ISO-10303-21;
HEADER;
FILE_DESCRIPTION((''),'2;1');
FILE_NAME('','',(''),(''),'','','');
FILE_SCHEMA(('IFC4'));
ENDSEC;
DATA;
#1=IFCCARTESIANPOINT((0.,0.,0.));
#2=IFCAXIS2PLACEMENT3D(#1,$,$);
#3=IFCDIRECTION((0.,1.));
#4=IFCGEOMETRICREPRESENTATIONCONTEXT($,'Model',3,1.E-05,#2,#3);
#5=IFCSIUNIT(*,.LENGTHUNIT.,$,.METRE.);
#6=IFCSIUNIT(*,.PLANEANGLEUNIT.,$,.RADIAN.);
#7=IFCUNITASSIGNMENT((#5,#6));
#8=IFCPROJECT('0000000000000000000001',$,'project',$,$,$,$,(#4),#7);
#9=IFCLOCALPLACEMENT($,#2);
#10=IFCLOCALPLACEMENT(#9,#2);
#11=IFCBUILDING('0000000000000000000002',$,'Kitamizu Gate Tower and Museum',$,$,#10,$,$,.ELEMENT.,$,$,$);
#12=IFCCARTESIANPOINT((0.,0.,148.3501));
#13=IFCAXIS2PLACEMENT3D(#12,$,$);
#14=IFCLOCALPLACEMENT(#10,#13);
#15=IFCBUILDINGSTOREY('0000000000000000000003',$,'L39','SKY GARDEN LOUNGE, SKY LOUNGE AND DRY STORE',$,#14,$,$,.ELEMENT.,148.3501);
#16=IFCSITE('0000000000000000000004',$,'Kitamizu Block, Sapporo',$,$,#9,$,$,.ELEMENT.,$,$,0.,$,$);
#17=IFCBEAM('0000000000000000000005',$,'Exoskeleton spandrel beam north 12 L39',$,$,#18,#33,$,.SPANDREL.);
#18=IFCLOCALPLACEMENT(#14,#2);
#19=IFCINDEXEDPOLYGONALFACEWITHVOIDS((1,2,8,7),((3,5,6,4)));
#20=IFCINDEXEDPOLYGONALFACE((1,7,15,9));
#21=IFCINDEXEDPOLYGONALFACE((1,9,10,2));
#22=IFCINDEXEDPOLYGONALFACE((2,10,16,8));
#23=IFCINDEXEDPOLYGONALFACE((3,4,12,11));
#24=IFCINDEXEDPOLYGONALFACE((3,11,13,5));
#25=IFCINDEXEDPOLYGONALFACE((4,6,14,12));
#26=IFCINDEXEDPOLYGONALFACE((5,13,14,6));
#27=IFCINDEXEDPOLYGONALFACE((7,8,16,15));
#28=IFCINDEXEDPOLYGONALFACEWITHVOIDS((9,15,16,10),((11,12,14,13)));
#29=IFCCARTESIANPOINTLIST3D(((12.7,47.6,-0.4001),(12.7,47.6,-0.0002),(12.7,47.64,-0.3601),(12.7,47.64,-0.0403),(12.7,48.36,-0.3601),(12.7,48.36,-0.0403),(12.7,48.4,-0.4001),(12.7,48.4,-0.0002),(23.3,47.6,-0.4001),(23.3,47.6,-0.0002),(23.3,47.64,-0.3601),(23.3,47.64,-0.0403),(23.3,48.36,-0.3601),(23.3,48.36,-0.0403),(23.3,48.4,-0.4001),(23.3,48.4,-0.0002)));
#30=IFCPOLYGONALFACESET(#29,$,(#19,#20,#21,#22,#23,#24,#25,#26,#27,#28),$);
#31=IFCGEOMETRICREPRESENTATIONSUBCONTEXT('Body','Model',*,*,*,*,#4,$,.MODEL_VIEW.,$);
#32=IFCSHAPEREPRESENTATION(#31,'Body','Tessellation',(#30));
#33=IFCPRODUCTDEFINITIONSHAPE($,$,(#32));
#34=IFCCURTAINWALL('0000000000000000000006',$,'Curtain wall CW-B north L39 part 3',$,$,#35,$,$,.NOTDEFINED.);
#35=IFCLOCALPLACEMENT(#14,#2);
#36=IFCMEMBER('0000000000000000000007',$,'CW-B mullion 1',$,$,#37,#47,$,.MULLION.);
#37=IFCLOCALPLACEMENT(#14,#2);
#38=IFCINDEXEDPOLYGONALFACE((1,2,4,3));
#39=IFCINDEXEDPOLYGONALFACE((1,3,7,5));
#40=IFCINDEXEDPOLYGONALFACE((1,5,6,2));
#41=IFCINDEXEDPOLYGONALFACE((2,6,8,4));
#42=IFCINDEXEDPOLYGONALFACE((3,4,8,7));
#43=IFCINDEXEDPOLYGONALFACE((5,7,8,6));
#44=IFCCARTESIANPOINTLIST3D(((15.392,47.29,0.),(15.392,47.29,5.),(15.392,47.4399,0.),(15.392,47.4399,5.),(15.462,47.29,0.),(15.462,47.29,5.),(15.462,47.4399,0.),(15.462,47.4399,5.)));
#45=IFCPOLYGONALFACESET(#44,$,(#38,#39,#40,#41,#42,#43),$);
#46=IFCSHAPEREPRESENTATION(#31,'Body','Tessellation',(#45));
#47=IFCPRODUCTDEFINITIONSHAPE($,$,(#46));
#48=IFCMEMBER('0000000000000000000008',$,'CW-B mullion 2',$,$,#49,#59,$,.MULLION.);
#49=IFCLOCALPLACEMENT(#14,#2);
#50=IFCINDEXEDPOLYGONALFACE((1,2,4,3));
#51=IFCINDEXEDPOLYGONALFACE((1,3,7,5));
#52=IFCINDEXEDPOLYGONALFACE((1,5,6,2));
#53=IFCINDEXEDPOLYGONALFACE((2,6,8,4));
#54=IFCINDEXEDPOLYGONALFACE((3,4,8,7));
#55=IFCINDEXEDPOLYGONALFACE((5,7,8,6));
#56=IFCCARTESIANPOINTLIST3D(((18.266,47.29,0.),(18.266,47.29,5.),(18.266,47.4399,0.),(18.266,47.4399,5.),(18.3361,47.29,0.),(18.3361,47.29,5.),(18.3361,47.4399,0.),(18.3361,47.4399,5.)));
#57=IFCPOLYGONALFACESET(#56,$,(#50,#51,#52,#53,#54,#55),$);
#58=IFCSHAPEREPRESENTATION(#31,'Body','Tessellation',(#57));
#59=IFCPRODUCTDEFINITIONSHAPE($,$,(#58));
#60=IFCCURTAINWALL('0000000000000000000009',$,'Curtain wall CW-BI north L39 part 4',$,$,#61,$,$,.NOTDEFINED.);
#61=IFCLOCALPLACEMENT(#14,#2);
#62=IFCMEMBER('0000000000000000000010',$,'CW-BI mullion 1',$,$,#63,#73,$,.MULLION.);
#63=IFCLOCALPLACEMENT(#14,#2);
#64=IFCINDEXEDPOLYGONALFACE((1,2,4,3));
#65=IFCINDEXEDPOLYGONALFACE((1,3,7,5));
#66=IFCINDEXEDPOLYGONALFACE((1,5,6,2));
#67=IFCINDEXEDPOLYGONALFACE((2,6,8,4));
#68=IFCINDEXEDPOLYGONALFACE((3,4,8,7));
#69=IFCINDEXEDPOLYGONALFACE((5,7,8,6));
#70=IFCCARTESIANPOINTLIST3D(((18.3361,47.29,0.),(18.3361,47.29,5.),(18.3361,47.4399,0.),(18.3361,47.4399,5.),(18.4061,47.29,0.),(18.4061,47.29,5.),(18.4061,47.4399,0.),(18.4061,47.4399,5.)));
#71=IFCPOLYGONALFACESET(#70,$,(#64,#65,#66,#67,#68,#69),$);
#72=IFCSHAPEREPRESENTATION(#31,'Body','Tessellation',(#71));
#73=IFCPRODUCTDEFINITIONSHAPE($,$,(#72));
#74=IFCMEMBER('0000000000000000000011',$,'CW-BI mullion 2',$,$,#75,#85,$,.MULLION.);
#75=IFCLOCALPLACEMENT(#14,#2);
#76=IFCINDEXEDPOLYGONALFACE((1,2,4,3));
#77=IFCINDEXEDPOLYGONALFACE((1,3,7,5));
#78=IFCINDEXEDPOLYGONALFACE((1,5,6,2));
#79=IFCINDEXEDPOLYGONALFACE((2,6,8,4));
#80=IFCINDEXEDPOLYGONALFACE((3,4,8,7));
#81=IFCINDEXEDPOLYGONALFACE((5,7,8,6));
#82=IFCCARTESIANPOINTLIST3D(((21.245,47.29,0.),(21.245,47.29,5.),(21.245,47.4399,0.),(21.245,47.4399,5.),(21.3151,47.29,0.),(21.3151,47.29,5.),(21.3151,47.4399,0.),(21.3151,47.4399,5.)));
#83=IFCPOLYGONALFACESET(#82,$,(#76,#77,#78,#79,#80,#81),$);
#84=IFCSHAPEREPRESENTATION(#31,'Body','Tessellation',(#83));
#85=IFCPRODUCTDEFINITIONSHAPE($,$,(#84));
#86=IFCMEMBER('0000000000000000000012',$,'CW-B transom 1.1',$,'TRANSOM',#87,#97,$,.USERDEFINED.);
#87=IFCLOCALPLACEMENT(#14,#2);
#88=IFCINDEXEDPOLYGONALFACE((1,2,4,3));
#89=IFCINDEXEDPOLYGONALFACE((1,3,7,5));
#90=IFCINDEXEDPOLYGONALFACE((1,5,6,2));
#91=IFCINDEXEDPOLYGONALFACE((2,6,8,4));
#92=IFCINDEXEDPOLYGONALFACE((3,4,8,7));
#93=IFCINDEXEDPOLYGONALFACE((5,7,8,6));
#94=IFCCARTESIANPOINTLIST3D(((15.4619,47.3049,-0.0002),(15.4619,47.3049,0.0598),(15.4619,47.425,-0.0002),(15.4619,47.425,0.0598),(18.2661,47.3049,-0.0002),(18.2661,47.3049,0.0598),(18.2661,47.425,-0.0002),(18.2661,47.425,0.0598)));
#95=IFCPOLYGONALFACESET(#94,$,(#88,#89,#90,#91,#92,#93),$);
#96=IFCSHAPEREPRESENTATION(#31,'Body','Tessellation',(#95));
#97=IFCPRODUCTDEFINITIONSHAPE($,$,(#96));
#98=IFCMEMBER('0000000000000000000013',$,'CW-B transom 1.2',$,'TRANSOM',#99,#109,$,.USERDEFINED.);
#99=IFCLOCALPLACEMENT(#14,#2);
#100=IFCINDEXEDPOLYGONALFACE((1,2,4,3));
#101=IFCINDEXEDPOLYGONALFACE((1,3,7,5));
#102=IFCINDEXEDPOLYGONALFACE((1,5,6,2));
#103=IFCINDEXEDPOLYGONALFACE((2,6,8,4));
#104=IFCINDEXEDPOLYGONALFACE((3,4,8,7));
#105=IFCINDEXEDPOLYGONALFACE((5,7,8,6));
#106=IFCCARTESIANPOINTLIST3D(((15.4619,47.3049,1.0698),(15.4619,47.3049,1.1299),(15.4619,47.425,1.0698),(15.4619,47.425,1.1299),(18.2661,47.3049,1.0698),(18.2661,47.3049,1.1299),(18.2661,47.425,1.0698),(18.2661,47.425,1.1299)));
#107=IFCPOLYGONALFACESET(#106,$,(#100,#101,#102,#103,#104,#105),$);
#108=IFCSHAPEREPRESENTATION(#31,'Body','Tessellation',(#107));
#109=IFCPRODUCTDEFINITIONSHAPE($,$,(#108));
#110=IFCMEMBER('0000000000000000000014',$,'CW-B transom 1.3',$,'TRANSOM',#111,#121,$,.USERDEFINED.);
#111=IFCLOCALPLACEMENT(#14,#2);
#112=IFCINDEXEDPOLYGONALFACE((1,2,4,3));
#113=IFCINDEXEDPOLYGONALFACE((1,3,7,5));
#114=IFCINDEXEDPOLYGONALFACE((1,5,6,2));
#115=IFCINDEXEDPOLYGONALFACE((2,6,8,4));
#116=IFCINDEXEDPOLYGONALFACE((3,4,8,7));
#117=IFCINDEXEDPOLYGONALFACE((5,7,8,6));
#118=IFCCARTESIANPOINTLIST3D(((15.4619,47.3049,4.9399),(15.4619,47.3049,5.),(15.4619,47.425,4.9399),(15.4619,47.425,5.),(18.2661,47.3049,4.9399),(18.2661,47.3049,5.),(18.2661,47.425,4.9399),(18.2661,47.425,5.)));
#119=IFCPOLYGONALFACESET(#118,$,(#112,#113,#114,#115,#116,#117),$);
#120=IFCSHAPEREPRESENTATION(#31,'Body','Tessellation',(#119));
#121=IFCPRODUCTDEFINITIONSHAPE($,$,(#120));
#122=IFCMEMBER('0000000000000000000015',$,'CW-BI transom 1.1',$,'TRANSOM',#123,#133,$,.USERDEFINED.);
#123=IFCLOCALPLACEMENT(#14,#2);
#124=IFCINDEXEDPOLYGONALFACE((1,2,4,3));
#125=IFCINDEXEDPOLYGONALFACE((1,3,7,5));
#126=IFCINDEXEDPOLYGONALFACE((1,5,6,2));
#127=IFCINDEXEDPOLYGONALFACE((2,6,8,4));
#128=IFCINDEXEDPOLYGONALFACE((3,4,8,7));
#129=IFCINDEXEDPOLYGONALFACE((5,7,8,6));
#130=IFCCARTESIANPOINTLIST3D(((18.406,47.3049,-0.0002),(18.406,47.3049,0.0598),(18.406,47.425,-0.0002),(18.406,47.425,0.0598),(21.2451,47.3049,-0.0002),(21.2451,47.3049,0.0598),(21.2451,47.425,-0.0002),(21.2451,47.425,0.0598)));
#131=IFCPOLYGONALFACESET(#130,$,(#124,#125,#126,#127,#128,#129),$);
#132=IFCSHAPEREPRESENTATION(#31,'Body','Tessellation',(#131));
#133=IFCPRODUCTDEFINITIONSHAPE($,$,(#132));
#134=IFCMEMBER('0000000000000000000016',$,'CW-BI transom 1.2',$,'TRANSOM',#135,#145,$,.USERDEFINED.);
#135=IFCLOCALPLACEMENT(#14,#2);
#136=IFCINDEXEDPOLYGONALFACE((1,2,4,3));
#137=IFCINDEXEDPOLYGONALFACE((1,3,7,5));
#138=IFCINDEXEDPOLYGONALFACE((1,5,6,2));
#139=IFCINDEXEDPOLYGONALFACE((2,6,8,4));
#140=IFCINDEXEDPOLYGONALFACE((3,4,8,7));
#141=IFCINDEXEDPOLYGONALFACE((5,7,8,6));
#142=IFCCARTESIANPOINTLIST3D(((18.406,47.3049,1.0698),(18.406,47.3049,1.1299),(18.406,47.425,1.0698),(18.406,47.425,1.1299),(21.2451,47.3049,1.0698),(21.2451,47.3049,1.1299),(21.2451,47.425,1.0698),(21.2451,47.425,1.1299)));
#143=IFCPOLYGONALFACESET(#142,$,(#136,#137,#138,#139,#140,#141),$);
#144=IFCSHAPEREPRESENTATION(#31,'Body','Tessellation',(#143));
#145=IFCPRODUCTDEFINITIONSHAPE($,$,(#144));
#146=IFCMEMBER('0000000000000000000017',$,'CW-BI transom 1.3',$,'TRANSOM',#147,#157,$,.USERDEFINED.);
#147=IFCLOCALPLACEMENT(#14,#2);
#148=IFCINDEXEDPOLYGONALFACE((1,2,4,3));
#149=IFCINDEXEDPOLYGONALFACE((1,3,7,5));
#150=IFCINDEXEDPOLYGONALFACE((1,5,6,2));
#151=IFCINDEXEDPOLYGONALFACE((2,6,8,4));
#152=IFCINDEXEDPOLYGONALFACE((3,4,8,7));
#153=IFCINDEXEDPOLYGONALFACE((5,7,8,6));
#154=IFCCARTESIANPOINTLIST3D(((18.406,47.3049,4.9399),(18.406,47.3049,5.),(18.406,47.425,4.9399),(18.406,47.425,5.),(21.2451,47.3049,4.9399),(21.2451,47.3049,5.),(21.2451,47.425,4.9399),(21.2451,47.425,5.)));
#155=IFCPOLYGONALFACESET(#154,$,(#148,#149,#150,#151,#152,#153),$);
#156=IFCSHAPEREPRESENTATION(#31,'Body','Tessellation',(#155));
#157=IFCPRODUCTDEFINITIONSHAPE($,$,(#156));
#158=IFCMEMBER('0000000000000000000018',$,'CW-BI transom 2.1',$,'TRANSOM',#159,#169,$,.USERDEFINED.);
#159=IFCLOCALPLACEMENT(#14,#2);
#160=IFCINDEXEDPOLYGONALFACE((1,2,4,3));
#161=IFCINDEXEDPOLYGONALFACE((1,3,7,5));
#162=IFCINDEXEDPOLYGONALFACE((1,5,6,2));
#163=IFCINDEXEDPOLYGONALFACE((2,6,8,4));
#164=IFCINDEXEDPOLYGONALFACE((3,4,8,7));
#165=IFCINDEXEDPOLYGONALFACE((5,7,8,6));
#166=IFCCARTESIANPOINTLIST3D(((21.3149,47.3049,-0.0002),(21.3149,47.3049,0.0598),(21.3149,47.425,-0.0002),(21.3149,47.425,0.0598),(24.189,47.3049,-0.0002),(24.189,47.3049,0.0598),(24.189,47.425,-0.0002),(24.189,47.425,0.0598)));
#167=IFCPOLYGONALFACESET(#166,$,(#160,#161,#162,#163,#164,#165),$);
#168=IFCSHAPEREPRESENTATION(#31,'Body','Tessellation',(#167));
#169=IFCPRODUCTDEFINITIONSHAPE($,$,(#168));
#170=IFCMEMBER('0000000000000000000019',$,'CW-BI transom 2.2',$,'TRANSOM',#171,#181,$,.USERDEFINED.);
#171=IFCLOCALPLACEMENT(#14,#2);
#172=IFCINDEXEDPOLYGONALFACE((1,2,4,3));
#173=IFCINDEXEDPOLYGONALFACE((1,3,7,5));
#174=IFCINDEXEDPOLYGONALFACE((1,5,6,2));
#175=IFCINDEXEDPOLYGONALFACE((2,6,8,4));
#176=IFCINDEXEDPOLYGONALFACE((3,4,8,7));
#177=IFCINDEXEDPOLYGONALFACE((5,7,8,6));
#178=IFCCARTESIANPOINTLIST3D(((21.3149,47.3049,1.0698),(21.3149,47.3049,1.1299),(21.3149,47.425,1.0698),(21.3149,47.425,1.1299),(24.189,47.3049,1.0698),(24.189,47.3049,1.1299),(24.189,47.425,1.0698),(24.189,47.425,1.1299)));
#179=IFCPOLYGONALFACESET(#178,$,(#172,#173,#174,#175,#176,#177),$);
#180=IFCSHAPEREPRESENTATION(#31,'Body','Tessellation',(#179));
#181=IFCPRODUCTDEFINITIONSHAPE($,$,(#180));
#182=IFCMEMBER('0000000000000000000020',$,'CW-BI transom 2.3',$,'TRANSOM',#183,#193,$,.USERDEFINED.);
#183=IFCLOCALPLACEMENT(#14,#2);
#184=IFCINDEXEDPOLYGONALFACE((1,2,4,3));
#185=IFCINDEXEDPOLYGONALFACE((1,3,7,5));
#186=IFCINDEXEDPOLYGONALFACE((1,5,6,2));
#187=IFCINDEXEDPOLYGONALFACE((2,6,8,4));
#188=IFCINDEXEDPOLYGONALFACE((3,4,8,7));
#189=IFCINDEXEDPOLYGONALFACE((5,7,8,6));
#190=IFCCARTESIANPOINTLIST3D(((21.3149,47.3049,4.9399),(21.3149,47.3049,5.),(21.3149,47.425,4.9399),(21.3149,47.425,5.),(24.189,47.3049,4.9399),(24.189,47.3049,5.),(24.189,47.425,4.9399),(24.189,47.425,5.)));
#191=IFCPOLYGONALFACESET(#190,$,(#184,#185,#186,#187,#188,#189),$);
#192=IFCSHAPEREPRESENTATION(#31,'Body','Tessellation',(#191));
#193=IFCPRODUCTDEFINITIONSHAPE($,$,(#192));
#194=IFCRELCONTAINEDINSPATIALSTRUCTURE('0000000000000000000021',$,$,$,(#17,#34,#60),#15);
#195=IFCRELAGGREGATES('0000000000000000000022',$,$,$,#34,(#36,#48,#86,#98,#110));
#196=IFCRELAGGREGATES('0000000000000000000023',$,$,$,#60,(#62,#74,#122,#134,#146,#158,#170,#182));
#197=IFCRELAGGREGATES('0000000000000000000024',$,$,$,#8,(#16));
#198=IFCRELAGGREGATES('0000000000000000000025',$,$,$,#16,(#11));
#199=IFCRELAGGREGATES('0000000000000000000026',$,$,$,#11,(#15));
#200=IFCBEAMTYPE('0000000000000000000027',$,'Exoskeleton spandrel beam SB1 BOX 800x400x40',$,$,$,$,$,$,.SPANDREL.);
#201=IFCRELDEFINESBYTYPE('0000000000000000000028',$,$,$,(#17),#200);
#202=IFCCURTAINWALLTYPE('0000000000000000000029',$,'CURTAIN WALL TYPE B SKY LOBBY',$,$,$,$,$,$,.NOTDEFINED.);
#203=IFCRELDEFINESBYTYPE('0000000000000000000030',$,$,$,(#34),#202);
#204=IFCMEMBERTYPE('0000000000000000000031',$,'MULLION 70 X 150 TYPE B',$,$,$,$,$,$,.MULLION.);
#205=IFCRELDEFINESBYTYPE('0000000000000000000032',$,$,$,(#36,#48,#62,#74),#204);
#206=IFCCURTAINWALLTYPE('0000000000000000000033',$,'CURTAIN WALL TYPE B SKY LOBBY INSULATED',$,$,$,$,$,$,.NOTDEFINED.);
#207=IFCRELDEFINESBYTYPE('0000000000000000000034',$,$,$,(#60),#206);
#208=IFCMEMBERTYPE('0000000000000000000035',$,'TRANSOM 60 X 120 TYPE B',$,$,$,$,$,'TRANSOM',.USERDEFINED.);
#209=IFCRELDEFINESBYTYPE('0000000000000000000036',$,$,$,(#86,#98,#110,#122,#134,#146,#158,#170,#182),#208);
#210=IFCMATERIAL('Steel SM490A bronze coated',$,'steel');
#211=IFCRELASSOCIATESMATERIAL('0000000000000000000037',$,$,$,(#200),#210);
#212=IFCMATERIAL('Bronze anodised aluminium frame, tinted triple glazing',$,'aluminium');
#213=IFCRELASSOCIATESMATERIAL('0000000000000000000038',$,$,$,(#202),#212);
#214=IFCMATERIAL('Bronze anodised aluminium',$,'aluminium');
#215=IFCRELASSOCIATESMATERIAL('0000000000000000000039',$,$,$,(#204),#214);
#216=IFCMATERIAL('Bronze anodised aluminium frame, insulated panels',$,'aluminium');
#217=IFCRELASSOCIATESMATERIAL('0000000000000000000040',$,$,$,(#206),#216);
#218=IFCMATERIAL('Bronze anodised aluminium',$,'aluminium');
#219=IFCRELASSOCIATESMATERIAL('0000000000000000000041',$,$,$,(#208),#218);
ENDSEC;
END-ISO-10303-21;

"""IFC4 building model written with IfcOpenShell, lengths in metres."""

from ifc_helpers import new_model, si_unit, direction, frame, origin, origin_2d, place, context, subcontext, project, spatial, rectangle, hollow_rectangle, extrude, material, material_profile, profile_set, type_object, element, aggregate, save


model = new_model("IFC4")

# Units and contexts
model_context = context("Model", 3, precision=1e-05, world=origin(), true_north=direction((0.0, 1.0)))
body_context = subcontext(model_context, "Body", "Model", "MODEL_VIEW")
ifc_project = project(units=[si_unit("LENGTHUNIT", "METRE"), si_unit("PLANEANGLEUNIT", "RADIAN")], contexts=[model_context])

# Site, building, storey
site_placement = place(None, origin())
site = spatial("IfcSite", under=ifc_project, at=site_placement, Name="Kitamizu Block, Sapporo", CompositionType="ELEMENT", RefElevation=0.0)
building_placement = place(site_placement, origin())
building = spatial("IfcBuilding", under=site, at=building_placement, Name="Kitamizu Gate Tower and Museum", CompositionType="ELEMENT")
storey_placement = place(building_placement, frame((0.0, 0.0, 148.3501)))
storey = spatial("IfcBuildingStorey", under=building, at=storey_placement, Name="L39", Description="SKY GARDEN LOUNGE, SKY LOUNGE AND DRY STORE", CompositionType="ELEMENT", Elevation=148.3501)

# Beam
ifc_material_1 = material(Name="Steel SM490A bronze coated", Category="steel")
ifc_material_profile_1 = material_profile(ifc_material_1, hollow_rectangle(XDim=0.8, YDim=0.3999, WallThickness=0.04, at=origin_2d()), Name="BOX 800x400x40")
ifc_profile_set_1 = profile_set([ifc_material_profile_1], Name="Steel SM490A bronze coated")
beam_type = type_object("IfcBeamType", Name="Exoskeleton spandrel beam SB1 BOX 800x400x40", PredefinedType="SPANDREL", material=ifc_profile_set_1)
beam_placement = place(storey_placement, frame((12.7, 48.0, -0.2002), z_axis=(1.0, 0.0, 0.0), x_axis=(0.0, 1.0, 0.0)))
element("IfcBeam", 1, at=beam_placement, inside=storey, type_object=beam_type, Name="Exoskeleton spandrel beam north 12 L39", PredefinedType="SPANDREL", context=body_context, shape_type="SweptSolid", body=[
    extrude(hollow_rectangle(XDim=0.8, YDim=0.3999, WallThickness=0.04, at=origin_2d()), origin(), (0.0, 0.0, 1.0), 10.6001),
])

# Curtain walls, members
ifc_material_2 = material(Name="Bronze anodised aluminium frame, tinted triple glazing", Category="aluminium")
curtain_wall_type_1 = type_object("IfcCurtainWallType", Name="CURTAIN WALL TYPE B SKY LOBBY", PredefinedType="NOTDEFINED", material=ifc_material_2)
curtain_wall_1_placement = place(storey_placement, origin())
curtain_wall_1 = element("IfcCurtainWall", 2, at=curtain_wall_1_placement, inside=storey, type_object=curtain_wall_type_1, Name="Curtain wall CW-B north L39 part 3", PredefinedType="NOTDEFINED")
ifc_material_3 = material(Name="Bronze anodised aluminium", Category="aluminium")
ifc_material_profile_2 = material_profile(ifc_material_3, rectangle(XDim=0.0701, YDim=0.1499, at=origin_2d()), Name="AL 70X150")
ifc_profile_set_2 = profile_set([ifc_material_profile_2], Name="Bronze anodised aluminium")
member_type_1 = type_object("IfcMemberType", Name="MULLION 70 X 150 TYPE B", PredefinedType="MULLION", material=ifc_profile_set_2)
member_1_placement = place(storey_placement, frame((15.427, 47.365, 0.0), z_axis=(0.0, 0.0, 1.0), x_axis=(1.0, 0.0, 0.0)))
member_1 = element("IfcMember", 3, at=member_1_placement, type_object=member_type_1, Name="CW-B mullion 1", PredefinedType="MULLION", context=body_context, shape_type="SweptSolid", body=[
    extrude(rectangle(XDim=0.0701, YDim=0.1499, at=origin_2d()), origin(), (0.0, 0.0, 1.0), 5.0),
])
member_2_placement = place(storey_placement, frame((18.301, 47.365, 0.0), z_axis=(0.0, 0.0, 1.0), x_axis=(1.0, 0.0, 0.0)))
member_2 = element("IfcMember", 4, at=member_2_placement, type_object=member_type_1, Name="CW-B mullion 2", PredefinedType="MULLION", context=body_context, shape_type="SweptSolid", body=[
    extrude(rectangle(XDim=0.0701, YDim=0.1499, at=origin_2d()), origin(), (0.0, 0.0, 1.0), 5.0),
])
ifc_material_4 = material(Name="Bronze anodised aluminium frame, insulated panels", Category="aluminium")
curtain_wall_type_2 = type_object("IfcCurtainWallType", Name="CURTAIN WALL TYPE B SKY LOBBY INSULATED", PredefinedType="NOTDEFINED", material=ifc_material_4)
curtain_wall_2_placement = place(storey_placement, origin())
curtain_wall_2 = element("IfcCurtainWall", 5, at=curtain_wall_2_placement, inside=storey, type_object=curtain_wall_type_2, Name="Curtain wall CW-BI north L39 part 4", PredefinedType="NOTDEFINED")
member_3_placement = place(storey_placement, frame((18.3711, 47.365, 0.0), z_axis=(0.0, 0.0, 1.0), x_axis=(1.0, 0.0, 0.0)))
member_3 = element("IfcMember", 6, at=member_3_placement, type_object=member_type_1, Name="CW-BI mullion 1", PredefinedType="MULLION", context=body_context, shape_type="SweptSolid", body=[
    extrude(rectangle(XDim=0.0701, YDim=0.1499, at=origin_2d()), origin(), (0.0, 0.0, 1.0), 5.0),
])
member_4_placement = place(storey_placement, frame((21.28, 47.365, 0.0), z_axis=(0.0, 0.0, 1.0), x_axis=(1.0, 0.0, 0.0)))
member_4 = element("IfcMember", 7, at=member_4_placement, type_object=member_type_1, Name="CW-BI mullion 2", PredefinedType="MULLION", context=body_context, shape_type="SweptSolid", body=[
    extrude(rectangle(XDim=0.0701, YDim=0.1499, at=origin_2d()), origin(), (0.0, 0.0, 1.0), 5.0),
])

# Members
ifc_material_5 = material(Name="Bronze anodised aluminium", Category="aluminium")
ifc_material_profile_3 = material_profile(ifc_material_5, rectangle(XDim=0.1201, YDim=0.0601, at=origin_2d()), Name="AL 60X120")
ifc_profile_set_3 = profile_set([ifc_material_profile_3], Name="Bronze anodised aluminium")
member_type_2 = type_object("IfcMemberType", Name="TRANSOM 60 X 120 TYPE B", ElementType="TRANSOM", PredefinedType="USERDEFINED", material=ifc_profile_set_3)
member_5_placement = place(storey_placement, frame((15.4619, 47.365, 0.0298), z_axis=(1.0, 0.0, 0.0), x_axis=(0.0, 1.0, 0.0)))
member_5 = element("IfcMember", 8, at=member_5_placement, type_object=member_type_2, Name="CW-B transom 1.1", ObjectType="TRANSOM", PredefinedType="USERDEFINED", context=body_context, shape_type="SweptSolid", body=[
    extrude(rectangle(XDim=0.1201, YDim=0.0601, at=origin_2d()), origin(), (0.0, 0.0, 1.0), 2.8042),
])
member_6_placement = place(storey_placement, frame((15.4619, 47.365, 1.0999), z_axis=(1.0, 0.0, 0.0), x_axis=(0.0, 1.0, 0.0)))
member_6 = element("IfcMember", 9, at=member_6_placement, type_object=member_type_2, Name="CW-B transom 1.2", ObjectType="TRANSOM", PredefinedType="USERDEFINED", context=body_context, shape_type="SweptSolid", body=[
    extrude(rectangle(XDim=0.1201, YDim=0.0601, at=origin_2d()), origin(), (0.0, 0.0, 1.0), 2.8042),
])
member_7_placement = place(storey_placement, frame((15.4619, 47.365, 4.97), z_axis=(1.0, 0.0, 0.0), x_axis=(0.0, 1.0, 0.0)))
member_7 = element("IfcMember", 10, at=member_7_placement, type_object=member_type_2, Name="CW-B transom 1.3", ObjectType="TRANSOM", PredefinedType="USERDEFINED", context=body_context, shape_type="SweptSolid", body=[
    extrude(rectangle(XDim=0.1201, YDim=0.0601, at=origin_2d()), origin(), (0.0, 0.0, 1.0), 2.8042),
])
member_8_placement = place(storey_placement, frame((18.406, 47.365, 0.0298), z_axis=(1.0, 0.0, 0.0), x_axis=(0.0, 1.0, 0.0)))
member_8 = element("IfcMember", 11, at=member_8_placement, type_object=member_type_2, Name="CW-BI transom 1.1", ObjectType="TRANSOM", PredefinedType="USERDEFINED", context=body_context, shape_type="SweptSolid", body=[
    extrude(rectangle(XDim=0.1201, YDim=0.0601, at=origin_2d()), origin(), (0.0, 0.0, 1.0), 2.8391),
])
member_9_placement = place(storey_placement, frame((18.406, 47.365, 1.0999), z_axis=(1.0, 0.0, 0.0), x_axis=(0.0, 1.0, 0.0)))
member_9 = element("IfcMember", 12, at=member_9_placement, type_object=member_type_2, Name="CW-BI transom 1.2", ObjectType="TRANSOM", PredefinedType="USERDEFINED", context=body_context, shape_type="SweptSolid", body=[
    extrude(rectangle(XDim=0.1201, YDim=0.0601, at=origin_2d()), origin(), (0.0, 0.0, 1.0), 2.8391),
])
member_10_placement = place(storey_placement, frame((18.406, 47.365, 4.97), z_axis=(1.0, 0.0, 0.0), x_axis=(0.0, 1.0, 0.0)))
member_10 = element("IfcMember", 13, at=member_10_placement, type_object=member_type_2, Name="CW-BI transom 1.3", ObjectType="TRANSOM", PredefinedType="USERDEFINED", context=body_context, shape_type="SweptSolid", body=[
    extrude(rectangle(XDim=0.1201, YDim=0.0601, at=origin_2d()), origin(), (0.0, 0.0, 1.0), 2.8391),
])
member_11_placement = place(storey_placement, frame((21.3149, 47.365, 0.0298), z_axis=(1.0, 0.0, 0.0), x_axis=(0.0, 1.0, 0.0)))
member_11 = element("IfcMember", 14, at=member_11_placement, type_object=member_type_2, Name="CW-BI transom 2.1", ObjectType="TRANSOM", PredefinedType="USERDEFINED", context=body_context, shape_type="SweptSolid", body=[
    extrude(rectangle(XDim=0.1201, YDim=0.0601, at=origin_2d()), origin(), (0.0, 0.0, 1.0), 2.874),
])
member_12_placement = place(storey_placement, frame((21.3149, 47.365, 1.0999), z_axis=(1.0, 0.0, 0.0), x_axis=(0.0, 1.0, 0.0)))
member_12 = element("IfcMember", 15, at=member_12_placement, type_object=member_type_2, Name="CW-BI transom 2.2", ObjectType="TRANSOM", PredefinedType="USERDEFINED", context=body_context, shape_type="SweptSolid", body=[
    extrude(rectangle(XDim=0.1201, YDim=0.0601, at=origin_2d()), origin(), (0.0, 0.0, 1.0), 2.874),
])
member_13_placement = place(storey_placement, frame((21.3149, 47.365, 4.97), z_axis=(1.0, 0.0, 0.0), x_axis=(0.0, 1.0, 0.0)))
member_13 = element("IfcMember", 16, at=member_13_placement, type_object=member_type_2, Name="CW-BI transom 2.3", ObjectType="TRANSOM", PredefinedType="USERDEFINED", context=body_context, shape_type="SweptSolid", body=[
    extrude(rectangle(XDim=0.1201, YDim=0.0601, at=origin_2d()), origin(), (0.0, 0.0, 1.0), 2.874),
])

aggregate(curtain_wall_1, [member_1, member_2, member_5, member_6, member_7])
aggregate(curtain_wall_2, [member_3, member_4, member_8, member_9, member_10, member_11, member_12, member_13])

save(model, "model.ifc")
